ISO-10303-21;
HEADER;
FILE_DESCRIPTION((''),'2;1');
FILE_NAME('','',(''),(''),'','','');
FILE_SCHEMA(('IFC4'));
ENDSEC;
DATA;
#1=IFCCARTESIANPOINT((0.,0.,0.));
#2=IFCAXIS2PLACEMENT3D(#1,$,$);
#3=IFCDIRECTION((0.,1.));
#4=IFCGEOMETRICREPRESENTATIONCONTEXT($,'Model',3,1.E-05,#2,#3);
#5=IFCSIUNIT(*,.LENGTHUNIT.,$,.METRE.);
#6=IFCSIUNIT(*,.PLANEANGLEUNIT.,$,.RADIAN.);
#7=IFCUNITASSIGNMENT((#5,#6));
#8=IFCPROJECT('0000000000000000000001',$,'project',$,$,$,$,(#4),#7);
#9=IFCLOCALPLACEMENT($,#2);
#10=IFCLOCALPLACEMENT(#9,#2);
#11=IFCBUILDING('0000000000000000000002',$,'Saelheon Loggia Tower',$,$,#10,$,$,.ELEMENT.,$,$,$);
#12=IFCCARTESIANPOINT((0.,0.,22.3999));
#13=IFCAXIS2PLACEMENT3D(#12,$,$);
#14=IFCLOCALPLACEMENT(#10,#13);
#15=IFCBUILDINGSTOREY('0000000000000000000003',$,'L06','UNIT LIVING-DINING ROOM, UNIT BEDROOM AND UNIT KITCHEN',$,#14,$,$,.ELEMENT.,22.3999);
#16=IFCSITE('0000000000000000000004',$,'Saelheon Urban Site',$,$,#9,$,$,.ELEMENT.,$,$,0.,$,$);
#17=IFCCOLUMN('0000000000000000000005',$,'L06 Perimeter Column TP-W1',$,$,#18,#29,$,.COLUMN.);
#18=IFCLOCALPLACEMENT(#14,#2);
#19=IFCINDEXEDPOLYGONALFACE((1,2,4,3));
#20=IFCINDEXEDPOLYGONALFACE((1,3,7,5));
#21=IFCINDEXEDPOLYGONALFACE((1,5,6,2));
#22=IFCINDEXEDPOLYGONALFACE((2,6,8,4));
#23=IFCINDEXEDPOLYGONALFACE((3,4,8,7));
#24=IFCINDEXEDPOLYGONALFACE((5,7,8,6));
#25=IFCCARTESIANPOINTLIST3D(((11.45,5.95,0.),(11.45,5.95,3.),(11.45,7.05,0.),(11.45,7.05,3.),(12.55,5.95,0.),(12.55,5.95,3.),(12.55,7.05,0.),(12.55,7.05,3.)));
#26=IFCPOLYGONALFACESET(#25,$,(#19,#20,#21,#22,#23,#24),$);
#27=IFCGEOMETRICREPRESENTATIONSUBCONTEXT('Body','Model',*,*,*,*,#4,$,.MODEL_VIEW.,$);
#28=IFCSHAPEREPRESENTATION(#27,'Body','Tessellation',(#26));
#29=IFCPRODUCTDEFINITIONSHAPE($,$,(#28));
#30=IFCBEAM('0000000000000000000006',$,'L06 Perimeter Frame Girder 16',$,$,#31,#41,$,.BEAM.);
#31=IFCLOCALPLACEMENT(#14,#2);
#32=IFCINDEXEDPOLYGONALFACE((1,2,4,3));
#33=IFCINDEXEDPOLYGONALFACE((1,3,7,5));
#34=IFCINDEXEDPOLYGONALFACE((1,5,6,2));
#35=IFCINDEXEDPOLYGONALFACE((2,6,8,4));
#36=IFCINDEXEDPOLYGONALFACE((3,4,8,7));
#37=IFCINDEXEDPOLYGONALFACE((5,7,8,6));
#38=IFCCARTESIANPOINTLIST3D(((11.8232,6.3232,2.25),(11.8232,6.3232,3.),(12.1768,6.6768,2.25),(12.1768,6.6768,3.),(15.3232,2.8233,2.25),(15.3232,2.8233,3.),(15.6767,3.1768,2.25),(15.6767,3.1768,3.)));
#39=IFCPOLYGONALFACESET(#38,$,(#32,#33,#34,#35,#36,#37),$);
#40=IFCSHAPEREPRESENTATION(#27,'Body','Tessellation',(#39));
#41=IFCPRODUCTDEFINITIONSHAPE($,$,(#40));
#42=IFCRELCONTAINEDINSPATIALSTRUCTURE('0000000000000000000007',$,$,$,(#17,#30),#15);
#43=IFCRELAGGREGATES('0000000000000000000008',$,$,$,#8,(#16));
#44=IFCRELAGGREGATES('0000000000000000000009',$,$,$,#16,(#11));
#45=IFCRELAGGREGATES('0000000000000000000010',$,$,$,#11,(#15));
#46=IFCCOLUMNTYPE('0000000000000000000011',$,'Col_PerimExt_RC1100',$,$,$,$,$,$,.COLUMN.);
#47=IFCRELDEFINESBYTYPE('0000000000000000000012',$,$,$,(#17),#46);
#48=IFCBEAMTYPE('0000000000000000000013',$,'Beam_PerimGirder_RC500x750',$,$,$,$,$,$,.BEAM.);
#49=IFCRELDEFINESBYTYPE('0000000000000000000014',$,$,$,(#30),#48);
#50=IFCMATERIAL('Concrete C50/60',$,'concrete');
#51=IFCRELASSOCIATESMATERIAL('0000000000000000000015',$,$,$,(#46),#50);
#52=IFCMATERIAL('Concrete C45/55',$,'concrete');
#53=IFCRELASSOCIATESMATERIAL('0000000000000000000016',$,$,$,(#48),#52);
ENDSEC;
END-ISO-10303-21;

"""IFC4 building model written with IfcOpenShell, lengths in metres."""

from ifc_helpers import new_model, si_unit, direction, frame, origin, origin_2d, place, context, subcontext, project, spatial, rectangle, extrude, source, transform, mapped, material, material_profile, profile_set, type_object, element, save


model = new_model("IFC4")

# Units and contexts
model_context = context("Model", 3, precision=1e-05, world=origin(), true_north=direction((0.0, 1.0)))
body_context = subcontext(model_context, "Body", "Model", "MODEL_VIEW")
ifc_project = project(units=[si_unit("LENGTHUNIT", "METRE"), si_unit("PLANEANGLEUNIT", "RADIAN")], contexts=[model_context])

# Site, building, storey
site_placement = place(None, origin())
site = spatial("IfcSite", under=ifc_project, at=site_placement, Name="Saelheon Urban Site", CompositionType="ELEMENT", RefElevation=0.0)
building_placement = place(site_placement, origin())
building = spatial("IfcBuilding", under=site, at=building_placement, Name="Saelheon Loggia Tower", CompositionType="ELEMENT")
storey_placement = place(building_placement, frame((0.0, 0.0, 22.3999)))
storey = spatial("IfcBuildingStorey", under=building, at=storey_placement, Name="L06", Description="UNIT LIVING-DINING ROOM, UNIT BEDROOM AND UNIT KITCHEN", CompositionType="ELEMENT", Elevation=22.3999)

# Column
ifc_material_1 = material(Name="Concrete C50/60", Category="concrete")
ifc_material_profile_1 = material_profile(ifc_material_1, rectangle(XDim=1.1001, YDim=1.1001, at=origin_2d()), Name="RC-1100x1100")
ifc_profile_set_1 = profile_set([ifc_material_profile_1], Name="Concrete C50/60")
column_type = type_object("IfcColumnType", Name="Col_PerimExt_RC1100", PredefinedType="COLUMN", material=ifc_profile_set_1)
shared_shape_1 = source(origin(), body_context, "Body", "SweptSolid", [
    extrude(rectangle(XDim=1.1001, YDim=1.1001, at=origin_2d()), origin(), (0.0, 0.0, 1.0), 3.0),
])
column_placement = place(storey_placement, frame((12.0, 6.5, 0.0), z_axis=(0.0, 0.0, 1.0), x_axis=(1.0, 0.0, 0.0)))
element("IfcColumn", 1, at=column_placement, inside=storey, type_object=column_type, Name="L06 Perimeter Column TP-W1", PredefinedType="COLUMN", context=body_context, shape_type="MappedRepresentation", body=[
    mapped(shared_shape_1, transform((0.0, 0.0, 0.0), scale=1.0)),
])

# Beam
ifc_material_2 = material(Name="Concrete C45/55", Category="concrete")
ifc_material_profile_2 = material_profile(ifc_material_2, rectangle(XDim=0.5, YDim=0.75, at=origin_2d()), Name="RC-500x750")
ifc_profile_set_2 = profile_set([ifc_material_profile_2], Name="Concrete C45/55")
beam_type = type_object("IfcBeamType", Name="Beam_PerimGirder_RC500x750", PredefinedType="BEAM", material=ifc_profile_set_2)
shared_shape_2 = source(origin(), body_context, "Body", "SweptSolid", [
    extrude(rectangle(XDim=0.5, YDim=0.75, at=origin_2d()), origin(), (0.0, 0.0, 1.0), 4.9497),
])
beam_placement = place(storey_placement, frame((12.0, 6.5, 2.625), z_axis=(0.707107, -0.707107, 0.0), x_axis=(0.707107, 0.707107, 0.0)))
element("IfcBeam", 2, at=beam_placement, inside=storey, type_object=beam_type, Name="L06 Perimeter Frame Girder 16", PredefinedType="BEAM", context=body_context, shape_type="MappedRepresentation", body=[
    mapped(shared_shape_2, transform((0.0, 0.0, 0.0), scale=1.0)),
])

save(model, "model.ifc")
